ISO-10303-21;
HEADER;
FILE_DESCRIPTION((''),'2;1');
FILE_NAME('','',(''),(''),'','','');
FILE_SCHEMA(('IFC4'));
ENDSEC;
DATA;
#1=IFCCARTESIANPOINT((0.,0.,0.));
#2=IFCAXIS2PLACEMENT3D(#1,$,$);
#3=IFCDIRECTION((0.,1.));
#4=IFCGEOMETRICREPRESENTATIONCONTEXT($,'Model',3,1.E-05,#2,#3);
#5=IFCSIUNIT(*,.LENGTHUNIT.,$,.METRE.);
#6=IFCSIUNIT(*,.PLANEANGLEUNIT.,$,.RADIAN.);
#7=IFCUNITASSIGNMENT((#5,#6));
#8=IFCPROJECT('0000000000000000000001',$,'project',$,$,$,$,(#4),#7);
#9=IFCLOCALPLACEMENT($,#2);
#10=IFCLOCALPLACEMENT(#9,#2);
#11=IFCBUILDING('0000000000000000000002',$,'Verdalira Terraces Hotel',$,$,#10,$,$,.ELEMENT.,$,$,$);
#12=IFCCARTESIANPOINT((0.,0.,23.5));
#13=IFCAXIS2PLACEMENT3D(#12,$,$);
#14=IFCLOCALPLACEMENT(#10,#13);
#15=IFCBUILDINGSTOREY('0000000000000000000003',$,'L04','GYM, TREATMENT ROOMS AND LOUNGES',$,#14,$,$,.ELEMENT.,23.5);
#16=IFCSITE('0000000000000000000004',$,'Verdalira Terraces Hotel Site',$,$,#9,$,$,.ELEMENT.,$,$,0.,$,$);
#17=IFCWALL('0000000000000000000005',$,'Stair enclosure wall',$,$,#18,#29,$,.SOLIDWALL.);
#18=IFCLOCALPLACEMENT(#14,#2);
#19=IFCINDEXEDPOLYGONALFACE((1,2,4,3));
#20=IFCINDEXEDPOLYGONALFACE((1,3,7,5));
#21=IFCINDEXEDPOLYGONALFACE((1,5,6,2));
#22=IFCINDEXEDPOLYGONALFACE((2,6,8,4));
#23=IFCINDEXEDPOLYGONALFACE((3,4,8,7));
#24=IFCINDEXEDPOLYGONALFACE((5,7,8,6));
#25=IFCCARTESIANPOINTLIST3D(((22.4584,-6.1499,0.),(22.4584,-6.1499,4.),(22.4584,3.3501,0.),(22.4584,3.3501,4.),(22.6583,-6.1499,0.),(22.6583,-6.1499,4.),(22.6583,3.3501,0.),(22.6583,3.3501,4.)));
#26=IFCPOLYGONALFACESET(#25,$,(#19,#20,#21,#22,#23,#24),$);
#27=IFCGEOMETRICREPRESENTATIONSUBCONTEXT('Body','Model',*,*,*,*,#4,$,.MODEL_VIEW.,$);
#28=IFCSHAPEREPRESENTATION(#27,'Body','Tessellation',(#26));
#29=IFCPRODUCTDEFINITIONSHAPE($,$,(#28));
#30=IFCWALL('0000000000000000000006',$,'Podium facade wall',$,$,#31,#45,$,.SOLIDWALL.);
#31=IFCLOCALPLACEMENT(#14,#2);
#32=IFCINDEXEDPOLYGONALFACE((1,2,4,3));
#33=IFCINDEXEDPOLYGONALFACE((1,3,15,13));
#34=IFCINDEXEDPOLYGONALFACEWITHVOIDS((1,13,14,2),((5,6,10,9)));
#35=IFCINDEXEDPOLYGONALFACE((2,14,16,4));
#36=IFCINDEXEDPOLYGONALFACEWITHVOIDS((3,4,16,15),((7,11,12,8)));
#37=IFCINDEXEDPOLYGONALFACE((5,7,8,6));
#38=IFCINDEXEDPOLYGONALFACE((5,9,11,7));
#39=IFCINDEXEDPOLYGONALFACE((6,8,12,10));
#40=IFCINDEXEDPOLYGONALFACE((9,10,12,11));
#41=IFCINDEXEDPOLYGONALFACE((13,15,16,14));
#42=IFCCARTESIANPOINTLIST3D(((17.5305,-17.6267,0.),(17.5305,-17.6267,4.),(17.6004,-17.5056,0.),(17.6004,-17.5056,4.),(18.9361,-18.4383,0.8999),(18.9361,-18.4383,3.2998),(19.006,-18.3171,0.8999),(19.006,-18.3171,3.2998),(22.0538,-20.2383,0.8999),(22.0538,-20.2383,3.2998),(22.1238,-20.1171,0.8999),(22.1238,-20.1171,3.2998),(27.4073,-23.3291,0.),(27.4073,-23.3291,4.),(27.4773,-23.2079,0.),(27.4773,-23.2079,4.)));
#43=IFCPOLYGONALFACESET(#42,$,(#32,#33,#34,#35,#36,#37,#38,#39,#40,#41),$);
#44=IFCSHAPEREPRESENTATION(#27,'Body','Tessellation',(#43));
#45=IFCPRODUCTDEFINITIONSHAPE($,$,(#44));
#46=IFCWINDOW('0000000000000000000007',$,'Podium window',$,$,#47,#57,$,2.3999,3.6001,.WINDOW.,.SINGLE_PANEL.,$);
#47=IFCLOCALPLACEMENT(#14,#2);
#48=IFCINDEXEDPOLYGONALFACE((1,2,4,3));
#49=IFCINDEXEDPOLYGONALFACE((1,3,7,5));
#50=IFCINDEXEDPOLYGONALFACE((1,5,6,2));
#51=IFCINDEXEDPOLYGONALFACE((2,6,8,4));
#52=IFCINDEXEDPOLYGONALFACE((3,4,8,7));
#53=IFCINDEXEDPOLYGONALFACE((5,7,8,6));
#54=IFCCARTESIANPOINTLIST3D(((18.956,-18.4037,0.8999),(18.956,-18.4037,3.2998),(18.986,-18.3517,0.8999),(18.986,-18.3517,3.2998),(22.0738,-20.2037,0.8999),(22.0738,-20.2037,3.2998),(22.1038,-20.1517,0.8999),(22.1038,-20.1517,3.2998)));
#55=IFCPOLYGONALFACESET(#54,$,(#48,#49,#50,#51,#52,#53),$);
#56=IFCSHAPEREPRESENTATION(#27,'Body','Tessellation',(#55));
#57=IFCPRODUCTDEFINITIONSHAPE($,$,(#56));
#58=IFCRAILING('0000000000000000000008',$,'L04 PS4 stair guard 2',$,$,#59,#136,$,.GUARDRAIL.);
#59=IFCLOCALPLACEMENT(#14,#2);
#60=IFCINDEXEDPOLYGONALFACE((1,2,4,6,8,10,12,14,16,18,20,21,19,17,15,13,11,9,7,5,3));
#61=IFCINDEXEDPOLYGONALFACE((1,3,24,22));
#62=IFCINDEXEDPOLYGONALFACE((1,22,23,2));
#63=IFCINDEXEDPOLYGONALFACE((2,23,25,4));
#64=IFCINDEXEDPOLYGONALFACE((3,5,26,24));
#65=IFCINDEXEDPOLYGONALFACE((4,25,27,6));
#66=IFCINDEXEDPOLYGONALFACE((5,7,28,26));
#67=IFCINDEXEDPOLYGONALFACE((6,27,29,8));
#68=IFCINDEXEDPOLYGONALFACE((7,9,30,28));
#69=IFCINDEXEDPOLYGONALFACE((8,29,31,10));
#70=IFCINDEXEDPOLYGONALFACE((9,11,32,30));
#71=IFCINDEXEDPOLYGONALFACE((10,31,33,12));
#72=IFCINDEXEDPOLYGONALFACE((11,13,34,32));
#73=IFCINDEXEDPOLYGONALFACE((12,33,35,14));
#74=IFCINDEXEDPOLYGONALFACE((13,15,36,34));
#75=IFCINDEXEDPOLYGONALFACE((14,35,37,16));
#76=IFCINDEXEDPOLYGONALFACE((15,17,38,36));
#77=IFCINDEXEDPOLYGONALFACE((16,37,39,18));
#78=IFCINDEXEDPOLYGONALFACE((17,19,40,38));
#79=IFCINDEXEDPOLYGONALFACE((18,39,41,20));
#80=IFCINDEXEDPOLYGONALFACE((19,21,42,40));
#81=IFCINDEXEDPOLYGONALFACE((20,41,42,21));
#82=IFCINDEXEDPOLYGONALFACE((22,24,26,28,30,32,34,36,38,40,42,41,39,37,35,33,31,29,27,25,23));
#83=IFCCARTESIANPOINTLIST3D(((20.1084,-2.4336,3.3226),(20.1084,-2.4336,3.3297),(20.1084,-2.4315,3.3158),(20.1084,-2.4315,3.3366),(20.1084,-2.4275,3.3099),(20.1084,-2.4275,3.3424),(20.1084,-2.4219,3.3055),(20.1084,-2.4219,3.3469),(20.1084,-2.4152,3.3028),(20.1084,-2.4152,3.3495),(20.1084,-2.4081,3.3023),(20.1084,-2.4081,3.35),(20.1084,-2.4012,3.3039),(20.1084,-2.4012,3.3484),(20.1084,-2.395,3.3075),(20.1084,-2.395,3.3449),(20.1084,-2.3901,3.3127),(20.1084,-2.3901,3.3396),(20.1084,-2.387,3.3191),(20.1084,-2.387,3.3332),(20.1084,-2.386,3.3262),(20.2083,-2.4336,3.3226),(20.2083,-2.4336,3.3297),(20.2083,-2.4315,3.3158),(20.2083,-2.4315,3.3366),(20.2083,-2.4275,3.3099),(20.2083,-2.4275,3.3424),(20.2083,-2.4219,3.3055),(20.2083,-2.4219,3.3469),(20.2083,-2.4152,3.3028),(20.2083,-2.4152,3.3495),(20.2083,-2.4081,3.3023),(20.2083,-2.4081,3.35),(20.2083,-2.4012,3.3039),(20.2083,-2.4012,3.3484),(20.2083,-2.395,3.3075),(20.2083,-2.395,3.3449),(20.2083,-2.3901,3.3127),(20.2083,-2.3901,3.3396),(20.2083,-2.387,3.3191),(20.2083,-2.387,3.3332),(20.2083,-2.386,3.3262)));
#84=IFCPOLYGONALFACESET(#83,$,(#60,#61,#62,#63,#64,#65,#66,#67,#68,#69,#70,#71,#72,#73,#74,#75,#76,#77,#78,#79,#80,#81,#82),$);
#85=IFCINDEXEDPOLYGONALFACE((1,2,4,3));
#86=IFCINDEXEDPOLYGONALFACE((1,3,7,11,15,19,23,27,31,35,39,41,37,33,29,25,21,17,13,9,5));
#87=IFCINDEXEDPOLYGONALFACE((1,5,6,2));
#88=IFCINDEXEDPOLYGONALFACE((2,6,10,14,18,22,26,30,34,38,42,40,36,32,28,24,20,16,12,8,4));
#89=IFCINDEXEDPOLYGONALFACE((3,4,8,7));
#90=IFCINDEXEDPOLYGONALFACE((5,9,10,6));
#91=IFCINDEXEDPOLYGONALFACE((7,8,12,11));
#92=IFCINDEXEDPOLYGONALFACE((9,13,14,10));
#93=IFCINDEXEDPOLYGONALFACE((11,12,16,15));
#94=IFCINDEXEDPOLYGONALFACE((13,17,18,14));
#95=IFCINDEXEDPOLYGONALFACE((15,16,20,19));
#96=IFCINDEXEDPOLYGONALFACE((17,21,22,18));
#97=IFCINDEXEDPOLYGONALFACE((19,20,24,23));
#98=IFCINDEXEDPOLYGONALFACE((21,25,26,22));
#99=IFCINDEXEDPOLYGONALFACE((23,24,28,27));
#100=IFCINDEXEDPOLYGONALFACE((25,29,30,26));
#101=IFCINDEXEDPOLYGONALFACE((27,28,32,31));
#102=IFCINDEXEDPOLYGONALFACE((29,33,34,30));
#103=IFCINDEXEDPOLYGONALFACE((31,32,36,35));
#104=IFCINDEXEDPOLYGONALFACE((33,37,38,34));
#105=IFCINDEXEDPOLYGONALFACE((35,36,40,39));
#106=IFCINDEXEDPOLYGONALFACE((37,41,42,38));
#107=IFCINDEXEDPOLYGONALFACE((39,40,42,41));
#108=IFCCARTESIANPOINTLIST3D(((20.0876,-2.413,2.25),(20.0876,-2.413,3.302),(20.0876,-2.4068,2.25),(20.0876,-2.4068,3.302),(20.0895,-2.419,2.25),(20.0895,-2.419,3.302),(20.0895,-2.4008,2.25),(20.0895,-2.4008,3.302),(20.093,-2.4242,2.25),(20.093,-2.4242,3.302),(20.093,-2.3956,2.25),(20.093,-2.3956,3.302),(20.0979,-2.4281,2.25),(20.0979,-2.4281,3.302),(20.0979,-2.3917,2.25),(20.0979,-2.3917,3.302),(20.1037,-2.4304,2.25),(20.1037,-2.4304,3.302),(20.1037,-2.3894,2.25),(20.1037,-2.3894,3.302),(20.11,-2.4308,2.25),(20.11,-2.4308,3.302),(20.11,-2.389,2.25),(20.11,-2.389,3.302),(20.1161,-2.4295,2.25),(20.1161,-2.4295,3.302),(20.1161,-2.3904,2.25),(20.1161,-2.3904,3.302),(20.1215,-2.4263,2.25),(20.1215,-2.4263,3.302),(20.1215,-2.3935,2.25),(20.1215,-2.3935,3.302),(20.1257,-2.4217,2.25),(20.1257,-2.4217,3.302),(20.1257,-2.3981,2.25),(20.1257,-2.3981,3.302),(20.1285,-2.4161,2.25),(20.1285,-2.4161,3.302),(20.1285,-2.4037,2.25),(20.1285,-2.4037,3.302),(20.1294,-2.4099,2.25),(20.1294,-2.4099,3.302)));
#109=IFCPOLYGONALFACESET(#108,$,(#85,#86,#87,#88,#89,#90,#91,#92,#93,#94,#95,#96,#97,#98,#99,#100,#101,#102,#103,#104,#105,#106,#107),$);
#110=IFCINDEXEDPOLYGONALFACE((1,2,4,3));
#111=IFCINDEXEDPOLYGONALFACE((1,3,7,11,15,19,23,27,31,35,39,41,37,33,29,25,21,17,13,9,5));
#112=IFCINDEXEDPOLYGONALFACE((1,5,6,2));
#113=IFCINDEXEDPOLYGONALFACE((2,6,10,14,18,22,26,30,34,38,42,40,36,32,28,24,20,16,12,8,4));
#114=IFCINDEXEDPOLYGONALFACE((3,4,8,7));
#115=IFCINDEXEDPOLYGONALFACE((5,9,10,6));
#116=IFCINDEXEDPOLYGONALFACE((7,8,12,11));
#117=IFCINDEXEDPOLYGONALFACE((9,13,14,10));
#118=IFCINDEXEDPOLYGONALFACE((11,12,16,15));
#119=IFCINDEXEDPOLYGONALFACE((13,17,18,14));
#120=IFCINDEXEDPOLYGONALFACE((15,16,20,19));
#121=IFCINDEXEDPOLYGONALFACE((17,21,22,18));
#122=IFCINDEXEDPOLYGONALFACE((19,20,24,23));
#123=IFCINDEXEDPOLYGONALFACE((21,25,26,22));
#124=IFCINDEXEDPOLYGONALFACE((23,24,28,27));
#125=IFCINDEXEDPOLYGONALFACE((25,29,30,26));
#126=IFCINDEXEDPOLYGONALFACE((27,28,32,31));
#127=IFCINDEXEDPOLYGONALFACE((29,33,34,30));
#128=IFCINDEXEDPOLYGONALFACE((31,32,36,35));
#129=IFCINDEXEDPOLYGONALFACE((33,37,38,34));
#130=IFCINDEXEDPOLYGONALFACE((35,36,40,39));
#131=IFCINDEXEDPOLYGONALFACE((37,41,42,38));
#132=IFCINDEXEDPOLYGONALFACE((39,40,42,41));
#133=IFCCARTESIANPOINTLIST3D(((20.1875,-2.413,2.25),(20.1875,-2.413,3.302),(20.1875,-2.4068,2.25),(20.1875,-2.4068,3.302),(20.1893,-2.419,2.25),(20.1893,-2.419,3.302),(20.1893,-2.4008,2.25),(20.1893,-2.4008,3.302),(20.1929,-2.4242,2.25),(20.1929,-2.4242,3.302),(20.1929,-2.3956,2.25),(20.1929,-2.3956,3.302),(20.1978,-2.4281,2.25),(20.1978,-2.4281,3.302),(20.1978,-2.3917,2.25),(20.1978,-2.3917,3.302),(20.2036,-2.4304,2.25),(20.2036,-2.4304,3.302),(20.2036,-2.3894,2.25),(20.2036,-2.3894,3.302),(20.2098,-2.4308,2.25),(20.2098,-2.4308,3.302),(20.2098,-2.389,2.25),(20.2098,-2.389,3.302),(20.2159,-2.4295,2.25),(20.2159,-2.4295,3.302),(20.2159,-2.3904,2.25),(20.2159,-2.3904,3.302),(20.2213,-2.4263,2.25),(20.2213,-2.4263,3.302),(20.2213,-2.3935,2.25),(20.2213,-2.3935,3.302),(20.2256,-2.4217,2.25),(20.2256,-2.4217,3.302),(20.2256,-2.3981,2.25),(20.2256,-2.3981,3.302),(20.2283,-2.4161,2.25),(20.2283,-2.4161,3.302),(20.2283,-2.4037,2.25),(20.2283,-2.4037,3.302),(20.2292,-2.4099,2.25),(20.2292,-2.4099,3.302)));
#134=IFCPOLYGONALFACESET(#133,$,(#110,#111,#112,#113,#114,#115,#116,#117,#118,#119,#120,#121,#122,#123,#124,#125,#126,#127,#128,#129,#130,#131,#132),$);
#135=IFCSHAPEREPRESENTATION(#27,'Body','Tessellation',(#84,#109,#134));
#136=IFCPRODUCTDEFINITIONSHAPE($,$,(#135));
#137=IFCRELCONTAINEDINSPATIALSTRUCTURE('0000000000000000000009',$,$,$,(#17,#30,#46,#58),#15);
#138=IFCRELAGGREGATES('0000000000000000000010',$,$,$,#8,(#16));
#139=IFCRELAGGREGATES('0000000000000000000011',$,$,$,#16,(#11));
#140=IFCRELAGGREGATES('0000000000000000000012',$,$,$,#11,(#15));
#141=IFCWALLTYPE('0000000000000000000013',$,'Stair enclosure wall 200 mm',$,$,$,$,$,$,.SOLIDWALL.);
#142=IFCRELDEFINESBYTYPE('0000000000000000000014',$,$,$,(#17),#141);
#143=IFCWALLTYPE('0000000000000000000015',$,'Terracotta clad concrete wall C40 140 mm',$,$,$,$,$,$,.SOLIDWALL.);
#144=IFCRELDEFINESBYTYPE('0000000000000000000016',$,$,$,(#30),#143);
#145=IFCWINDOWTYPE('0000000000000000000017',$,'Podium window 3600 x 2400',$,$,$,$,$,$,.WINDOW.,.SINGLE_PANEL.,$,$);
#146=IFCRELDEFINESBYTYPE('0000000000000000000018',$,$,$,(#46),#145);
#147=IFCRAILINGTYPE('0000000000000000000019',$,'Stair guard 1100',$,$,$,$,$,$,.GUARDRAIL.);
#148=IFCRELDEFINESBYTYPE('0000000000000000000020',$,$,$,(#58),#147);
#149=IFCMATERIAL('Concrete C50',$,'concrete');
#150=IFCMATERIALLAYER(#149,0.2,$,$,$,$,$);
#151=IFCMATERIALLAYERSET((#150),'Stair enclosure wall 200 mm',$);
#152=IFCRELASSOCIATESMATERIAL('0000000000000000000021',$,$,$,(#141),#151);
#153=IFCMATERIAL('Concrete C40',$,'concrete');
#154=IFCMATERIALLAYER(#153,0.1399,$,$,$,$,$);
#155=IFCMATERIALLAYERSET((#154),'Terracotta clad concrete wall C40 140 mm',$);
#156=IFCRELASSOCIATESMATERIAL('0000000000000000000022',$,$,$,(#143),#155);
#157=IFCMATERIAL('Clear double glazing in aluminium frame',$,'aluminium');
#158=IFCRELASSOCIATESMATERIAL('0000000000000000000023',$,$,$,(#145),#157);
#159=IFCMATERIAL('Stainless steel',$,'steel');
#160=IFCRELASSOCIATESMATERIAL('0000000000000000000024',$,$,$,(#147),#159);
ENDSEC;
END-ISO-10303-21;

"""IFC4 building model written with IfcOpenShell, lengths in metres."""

from ifc_helpers import new_model, si_unit, direction, frame, frame_2d, origin, origin_2d, place, context, subcontext, project, spatial, rectangle, circle, extrude, material, layer, layer_set, type_object, element, fill, save


model = new_model("IFC4")

# Units and contexts
model_context = context("Model", 3, precision=1e-05, world=origin(), true_north=direction((0.0, 1.0)))
body_context = subcontext(model_context, "Body", "Model", "MODEL_VIEW")
ifc_project = project(units=[si_unit("LENGTHUNIT", "METRE"), si_unit("PLANEANGLEUNIT", "RADIAN")], contexts=[model_context])

# Site, building, storey
site_placement = place(None, origin())
site = spatial("IfcSite", under=ifc_project, at=site_placement, Name="Verdalira Terraces Hotel Site", CompositionType="ELEMENT", RefElevation=0.0)
building_placement = place(site_placement, origin())
building = spatial("IfcBuilding", under=site, at=building_placement, Name="Verdalira Terraces Hotel", CompositionType="ELEMENT")
storey_placement = place(building_placement, frame((0.0, 0.0, 23.5)))
storey = spatial("IfcBuildingStorey", under=building, at=storey_placement, Name="L04", Description="GYM, TREATMENT ROOMS AND LOUNGES", CompositionType="ELEMENT", Elevation=23.5)

# Wall
ifc_material_1 = material(Name="Concrete C50", Category="concrete")
ifc_layer_1 = layer(ifc_material_1, 0.2)
ifc_layer_set_1 = layer_set([ifc_layer_1], Name="Stair enclosure wall 200 mm")
wall_type_1 = type_object("IfcWallType", Name="Stair enclosure wall 200 mm", PredefinedType="SOLIDWALL", material=ifc_layer_set_1)
wall_1_placement = place(storey_placement, frame((22.5584, -6.1499, 0.0), z_axis=(0.0, 0.0, 1.0), x_axis=(0.0, 1.0, 0.0)))
element("IfcWall", 1, at=wall_1_placement, inside=storey, type_object=wall_type_1, Name="Stair enclosure wall", PredefinedType="SOLIDWALL", context=body_context, shape_type="SweptSolid", body=[
    extrude(rectangle(XDim=9.5, YDim=0.2, at=frame_2d((4.75, 0.0))), origin(), (0.0, 0.0, 1.0), 4.0),
])

# Wall, opening, window
ifc_material_2 = material(Name="Concrete C40", Category="concrete")
ifc_layer_2 = layer(ifc_material_2, 0.1399)
ifc_layer_set_2 = layer_set([ifc_layer_2], Name="Terracotta clad concrete wall C40 140 mm")
wall_type_2 = type_object("IfcWallType", Name="Terracotta clad concrete wall C40 140 mm", PredefinedType="SOLIDWALL", material=ifc_layer_set_2)
wall_2_placement = place(storey_placement, frame((17.5654, -17.5662, 0.0), z_axis=(0.0, 0.0, 1.0), x_axis=(0.866028, -0.499995, 0.0)))
wall_2 = element("IfcWall", 2, at=wall_2_placement, inside=storey, type_object=wall_type_2, Name="Podium facade wall", PredefinedType="SOLIDWALL", context=body_context, shape_type="SweptSolid", body=[
    extrude(rectangle(XDim=11.4048, YDim=0.1399, at=frame_2d((5.7024, 0.0))), origin(), (0.0, 0.0, 1.0), 4.0),
])
opening_1_placement = place(wall_2_placement, frame((1.623, 0.0, 0.8999)))
opening_1 = element("IfcOpeningElement", 3, at=opening_1_placement, cuts=wall_2, PredefinedType="OPENING", context=body_context, shape_type="SweptSolid", body=[
    extrude(rectangle(XDim=3.6001, YDim=2.3999, at=frame_2d((1.8, 1.2))), frame((0.0, 0.0798, 0.0), z_axis=(0.0, -1.0, 0.0), x_axis=(1.0, 0.0, 0.0)), (0.0, 0.0, 1.0), 0.1599),
])
ifc_material_3 = material(Name="Clear double glazing in aluminium frame", Category="aluminium")
window_type = type_object("IfcWindowType", Name="Podium window 3600 x 2400", PartitioningType="SINGLE_PANEL", PredefinedType="WINDOW", material=ifc_material_3)
window_placement = place(opening_1_placement, origin())
window = element("IfcWindow", 4, at=window_placement, inside=storey, type_object=window_type, Name="Podium window", OverallHeight=2.3999, OverallWidth=3.6001, PartitioningType="SINGLE_PANEL", PredefinedType="WINDOW", context=body_context, shape_type="SweptSolid", body=[
    extrude(rectangle(XDim=3.6001, YDim=2.3999, at=frame_2d((1.8, 1.2))), frame((0.0, 0.03, 0.0), z_axis=(0.0, -1.0, 0.0), x_axis=(1.0, 0.0, 0.0)), (0.0, 0.0, 1.0), 0.0601),
])
fill(opening_1, window)

# Railing
ifc_material_4 = material(Name="Stainless steel", Category="steel")
railing_type_1 = type_object("IfcRailingType", Name="Stair guard 1100", PredefinedType="GUARDRAIL", material=ifc_material_4)
railing_1_placement = place(storey_placement, frame((20.1084, -2.4099, 2.25)))
element("IfcRailing", 5, at=railing_1_placement, inside=storey, type_object=railing_type_1, Name="L04 PS4 stair guard 2", PredefinedType="GUARDRAIL", context=body_context, shape_type="SweptSolid", body=[
    extrude(circle(Radius=0.0239, at=origin_2d()), frame((0.0, 0.0, 1.0762), z_axis=(1.0, 0.0, 0.0), x_axis=(0.0, 1.0, 0.0)), (0.0, 0.0, 1.0), 0.0999),
    extrude(circle(Radius=0.021, at=origin_2d()), origin(), (0.0, 0.0, 1.0), 1.052),
    extrude(circle(Radius=0.021, at=origin_2d()), frame((0.0999, 0.0, 0.0)), (0.0, 0.0, 1.0), 1.052),
])

save(model, "model.ifc")
